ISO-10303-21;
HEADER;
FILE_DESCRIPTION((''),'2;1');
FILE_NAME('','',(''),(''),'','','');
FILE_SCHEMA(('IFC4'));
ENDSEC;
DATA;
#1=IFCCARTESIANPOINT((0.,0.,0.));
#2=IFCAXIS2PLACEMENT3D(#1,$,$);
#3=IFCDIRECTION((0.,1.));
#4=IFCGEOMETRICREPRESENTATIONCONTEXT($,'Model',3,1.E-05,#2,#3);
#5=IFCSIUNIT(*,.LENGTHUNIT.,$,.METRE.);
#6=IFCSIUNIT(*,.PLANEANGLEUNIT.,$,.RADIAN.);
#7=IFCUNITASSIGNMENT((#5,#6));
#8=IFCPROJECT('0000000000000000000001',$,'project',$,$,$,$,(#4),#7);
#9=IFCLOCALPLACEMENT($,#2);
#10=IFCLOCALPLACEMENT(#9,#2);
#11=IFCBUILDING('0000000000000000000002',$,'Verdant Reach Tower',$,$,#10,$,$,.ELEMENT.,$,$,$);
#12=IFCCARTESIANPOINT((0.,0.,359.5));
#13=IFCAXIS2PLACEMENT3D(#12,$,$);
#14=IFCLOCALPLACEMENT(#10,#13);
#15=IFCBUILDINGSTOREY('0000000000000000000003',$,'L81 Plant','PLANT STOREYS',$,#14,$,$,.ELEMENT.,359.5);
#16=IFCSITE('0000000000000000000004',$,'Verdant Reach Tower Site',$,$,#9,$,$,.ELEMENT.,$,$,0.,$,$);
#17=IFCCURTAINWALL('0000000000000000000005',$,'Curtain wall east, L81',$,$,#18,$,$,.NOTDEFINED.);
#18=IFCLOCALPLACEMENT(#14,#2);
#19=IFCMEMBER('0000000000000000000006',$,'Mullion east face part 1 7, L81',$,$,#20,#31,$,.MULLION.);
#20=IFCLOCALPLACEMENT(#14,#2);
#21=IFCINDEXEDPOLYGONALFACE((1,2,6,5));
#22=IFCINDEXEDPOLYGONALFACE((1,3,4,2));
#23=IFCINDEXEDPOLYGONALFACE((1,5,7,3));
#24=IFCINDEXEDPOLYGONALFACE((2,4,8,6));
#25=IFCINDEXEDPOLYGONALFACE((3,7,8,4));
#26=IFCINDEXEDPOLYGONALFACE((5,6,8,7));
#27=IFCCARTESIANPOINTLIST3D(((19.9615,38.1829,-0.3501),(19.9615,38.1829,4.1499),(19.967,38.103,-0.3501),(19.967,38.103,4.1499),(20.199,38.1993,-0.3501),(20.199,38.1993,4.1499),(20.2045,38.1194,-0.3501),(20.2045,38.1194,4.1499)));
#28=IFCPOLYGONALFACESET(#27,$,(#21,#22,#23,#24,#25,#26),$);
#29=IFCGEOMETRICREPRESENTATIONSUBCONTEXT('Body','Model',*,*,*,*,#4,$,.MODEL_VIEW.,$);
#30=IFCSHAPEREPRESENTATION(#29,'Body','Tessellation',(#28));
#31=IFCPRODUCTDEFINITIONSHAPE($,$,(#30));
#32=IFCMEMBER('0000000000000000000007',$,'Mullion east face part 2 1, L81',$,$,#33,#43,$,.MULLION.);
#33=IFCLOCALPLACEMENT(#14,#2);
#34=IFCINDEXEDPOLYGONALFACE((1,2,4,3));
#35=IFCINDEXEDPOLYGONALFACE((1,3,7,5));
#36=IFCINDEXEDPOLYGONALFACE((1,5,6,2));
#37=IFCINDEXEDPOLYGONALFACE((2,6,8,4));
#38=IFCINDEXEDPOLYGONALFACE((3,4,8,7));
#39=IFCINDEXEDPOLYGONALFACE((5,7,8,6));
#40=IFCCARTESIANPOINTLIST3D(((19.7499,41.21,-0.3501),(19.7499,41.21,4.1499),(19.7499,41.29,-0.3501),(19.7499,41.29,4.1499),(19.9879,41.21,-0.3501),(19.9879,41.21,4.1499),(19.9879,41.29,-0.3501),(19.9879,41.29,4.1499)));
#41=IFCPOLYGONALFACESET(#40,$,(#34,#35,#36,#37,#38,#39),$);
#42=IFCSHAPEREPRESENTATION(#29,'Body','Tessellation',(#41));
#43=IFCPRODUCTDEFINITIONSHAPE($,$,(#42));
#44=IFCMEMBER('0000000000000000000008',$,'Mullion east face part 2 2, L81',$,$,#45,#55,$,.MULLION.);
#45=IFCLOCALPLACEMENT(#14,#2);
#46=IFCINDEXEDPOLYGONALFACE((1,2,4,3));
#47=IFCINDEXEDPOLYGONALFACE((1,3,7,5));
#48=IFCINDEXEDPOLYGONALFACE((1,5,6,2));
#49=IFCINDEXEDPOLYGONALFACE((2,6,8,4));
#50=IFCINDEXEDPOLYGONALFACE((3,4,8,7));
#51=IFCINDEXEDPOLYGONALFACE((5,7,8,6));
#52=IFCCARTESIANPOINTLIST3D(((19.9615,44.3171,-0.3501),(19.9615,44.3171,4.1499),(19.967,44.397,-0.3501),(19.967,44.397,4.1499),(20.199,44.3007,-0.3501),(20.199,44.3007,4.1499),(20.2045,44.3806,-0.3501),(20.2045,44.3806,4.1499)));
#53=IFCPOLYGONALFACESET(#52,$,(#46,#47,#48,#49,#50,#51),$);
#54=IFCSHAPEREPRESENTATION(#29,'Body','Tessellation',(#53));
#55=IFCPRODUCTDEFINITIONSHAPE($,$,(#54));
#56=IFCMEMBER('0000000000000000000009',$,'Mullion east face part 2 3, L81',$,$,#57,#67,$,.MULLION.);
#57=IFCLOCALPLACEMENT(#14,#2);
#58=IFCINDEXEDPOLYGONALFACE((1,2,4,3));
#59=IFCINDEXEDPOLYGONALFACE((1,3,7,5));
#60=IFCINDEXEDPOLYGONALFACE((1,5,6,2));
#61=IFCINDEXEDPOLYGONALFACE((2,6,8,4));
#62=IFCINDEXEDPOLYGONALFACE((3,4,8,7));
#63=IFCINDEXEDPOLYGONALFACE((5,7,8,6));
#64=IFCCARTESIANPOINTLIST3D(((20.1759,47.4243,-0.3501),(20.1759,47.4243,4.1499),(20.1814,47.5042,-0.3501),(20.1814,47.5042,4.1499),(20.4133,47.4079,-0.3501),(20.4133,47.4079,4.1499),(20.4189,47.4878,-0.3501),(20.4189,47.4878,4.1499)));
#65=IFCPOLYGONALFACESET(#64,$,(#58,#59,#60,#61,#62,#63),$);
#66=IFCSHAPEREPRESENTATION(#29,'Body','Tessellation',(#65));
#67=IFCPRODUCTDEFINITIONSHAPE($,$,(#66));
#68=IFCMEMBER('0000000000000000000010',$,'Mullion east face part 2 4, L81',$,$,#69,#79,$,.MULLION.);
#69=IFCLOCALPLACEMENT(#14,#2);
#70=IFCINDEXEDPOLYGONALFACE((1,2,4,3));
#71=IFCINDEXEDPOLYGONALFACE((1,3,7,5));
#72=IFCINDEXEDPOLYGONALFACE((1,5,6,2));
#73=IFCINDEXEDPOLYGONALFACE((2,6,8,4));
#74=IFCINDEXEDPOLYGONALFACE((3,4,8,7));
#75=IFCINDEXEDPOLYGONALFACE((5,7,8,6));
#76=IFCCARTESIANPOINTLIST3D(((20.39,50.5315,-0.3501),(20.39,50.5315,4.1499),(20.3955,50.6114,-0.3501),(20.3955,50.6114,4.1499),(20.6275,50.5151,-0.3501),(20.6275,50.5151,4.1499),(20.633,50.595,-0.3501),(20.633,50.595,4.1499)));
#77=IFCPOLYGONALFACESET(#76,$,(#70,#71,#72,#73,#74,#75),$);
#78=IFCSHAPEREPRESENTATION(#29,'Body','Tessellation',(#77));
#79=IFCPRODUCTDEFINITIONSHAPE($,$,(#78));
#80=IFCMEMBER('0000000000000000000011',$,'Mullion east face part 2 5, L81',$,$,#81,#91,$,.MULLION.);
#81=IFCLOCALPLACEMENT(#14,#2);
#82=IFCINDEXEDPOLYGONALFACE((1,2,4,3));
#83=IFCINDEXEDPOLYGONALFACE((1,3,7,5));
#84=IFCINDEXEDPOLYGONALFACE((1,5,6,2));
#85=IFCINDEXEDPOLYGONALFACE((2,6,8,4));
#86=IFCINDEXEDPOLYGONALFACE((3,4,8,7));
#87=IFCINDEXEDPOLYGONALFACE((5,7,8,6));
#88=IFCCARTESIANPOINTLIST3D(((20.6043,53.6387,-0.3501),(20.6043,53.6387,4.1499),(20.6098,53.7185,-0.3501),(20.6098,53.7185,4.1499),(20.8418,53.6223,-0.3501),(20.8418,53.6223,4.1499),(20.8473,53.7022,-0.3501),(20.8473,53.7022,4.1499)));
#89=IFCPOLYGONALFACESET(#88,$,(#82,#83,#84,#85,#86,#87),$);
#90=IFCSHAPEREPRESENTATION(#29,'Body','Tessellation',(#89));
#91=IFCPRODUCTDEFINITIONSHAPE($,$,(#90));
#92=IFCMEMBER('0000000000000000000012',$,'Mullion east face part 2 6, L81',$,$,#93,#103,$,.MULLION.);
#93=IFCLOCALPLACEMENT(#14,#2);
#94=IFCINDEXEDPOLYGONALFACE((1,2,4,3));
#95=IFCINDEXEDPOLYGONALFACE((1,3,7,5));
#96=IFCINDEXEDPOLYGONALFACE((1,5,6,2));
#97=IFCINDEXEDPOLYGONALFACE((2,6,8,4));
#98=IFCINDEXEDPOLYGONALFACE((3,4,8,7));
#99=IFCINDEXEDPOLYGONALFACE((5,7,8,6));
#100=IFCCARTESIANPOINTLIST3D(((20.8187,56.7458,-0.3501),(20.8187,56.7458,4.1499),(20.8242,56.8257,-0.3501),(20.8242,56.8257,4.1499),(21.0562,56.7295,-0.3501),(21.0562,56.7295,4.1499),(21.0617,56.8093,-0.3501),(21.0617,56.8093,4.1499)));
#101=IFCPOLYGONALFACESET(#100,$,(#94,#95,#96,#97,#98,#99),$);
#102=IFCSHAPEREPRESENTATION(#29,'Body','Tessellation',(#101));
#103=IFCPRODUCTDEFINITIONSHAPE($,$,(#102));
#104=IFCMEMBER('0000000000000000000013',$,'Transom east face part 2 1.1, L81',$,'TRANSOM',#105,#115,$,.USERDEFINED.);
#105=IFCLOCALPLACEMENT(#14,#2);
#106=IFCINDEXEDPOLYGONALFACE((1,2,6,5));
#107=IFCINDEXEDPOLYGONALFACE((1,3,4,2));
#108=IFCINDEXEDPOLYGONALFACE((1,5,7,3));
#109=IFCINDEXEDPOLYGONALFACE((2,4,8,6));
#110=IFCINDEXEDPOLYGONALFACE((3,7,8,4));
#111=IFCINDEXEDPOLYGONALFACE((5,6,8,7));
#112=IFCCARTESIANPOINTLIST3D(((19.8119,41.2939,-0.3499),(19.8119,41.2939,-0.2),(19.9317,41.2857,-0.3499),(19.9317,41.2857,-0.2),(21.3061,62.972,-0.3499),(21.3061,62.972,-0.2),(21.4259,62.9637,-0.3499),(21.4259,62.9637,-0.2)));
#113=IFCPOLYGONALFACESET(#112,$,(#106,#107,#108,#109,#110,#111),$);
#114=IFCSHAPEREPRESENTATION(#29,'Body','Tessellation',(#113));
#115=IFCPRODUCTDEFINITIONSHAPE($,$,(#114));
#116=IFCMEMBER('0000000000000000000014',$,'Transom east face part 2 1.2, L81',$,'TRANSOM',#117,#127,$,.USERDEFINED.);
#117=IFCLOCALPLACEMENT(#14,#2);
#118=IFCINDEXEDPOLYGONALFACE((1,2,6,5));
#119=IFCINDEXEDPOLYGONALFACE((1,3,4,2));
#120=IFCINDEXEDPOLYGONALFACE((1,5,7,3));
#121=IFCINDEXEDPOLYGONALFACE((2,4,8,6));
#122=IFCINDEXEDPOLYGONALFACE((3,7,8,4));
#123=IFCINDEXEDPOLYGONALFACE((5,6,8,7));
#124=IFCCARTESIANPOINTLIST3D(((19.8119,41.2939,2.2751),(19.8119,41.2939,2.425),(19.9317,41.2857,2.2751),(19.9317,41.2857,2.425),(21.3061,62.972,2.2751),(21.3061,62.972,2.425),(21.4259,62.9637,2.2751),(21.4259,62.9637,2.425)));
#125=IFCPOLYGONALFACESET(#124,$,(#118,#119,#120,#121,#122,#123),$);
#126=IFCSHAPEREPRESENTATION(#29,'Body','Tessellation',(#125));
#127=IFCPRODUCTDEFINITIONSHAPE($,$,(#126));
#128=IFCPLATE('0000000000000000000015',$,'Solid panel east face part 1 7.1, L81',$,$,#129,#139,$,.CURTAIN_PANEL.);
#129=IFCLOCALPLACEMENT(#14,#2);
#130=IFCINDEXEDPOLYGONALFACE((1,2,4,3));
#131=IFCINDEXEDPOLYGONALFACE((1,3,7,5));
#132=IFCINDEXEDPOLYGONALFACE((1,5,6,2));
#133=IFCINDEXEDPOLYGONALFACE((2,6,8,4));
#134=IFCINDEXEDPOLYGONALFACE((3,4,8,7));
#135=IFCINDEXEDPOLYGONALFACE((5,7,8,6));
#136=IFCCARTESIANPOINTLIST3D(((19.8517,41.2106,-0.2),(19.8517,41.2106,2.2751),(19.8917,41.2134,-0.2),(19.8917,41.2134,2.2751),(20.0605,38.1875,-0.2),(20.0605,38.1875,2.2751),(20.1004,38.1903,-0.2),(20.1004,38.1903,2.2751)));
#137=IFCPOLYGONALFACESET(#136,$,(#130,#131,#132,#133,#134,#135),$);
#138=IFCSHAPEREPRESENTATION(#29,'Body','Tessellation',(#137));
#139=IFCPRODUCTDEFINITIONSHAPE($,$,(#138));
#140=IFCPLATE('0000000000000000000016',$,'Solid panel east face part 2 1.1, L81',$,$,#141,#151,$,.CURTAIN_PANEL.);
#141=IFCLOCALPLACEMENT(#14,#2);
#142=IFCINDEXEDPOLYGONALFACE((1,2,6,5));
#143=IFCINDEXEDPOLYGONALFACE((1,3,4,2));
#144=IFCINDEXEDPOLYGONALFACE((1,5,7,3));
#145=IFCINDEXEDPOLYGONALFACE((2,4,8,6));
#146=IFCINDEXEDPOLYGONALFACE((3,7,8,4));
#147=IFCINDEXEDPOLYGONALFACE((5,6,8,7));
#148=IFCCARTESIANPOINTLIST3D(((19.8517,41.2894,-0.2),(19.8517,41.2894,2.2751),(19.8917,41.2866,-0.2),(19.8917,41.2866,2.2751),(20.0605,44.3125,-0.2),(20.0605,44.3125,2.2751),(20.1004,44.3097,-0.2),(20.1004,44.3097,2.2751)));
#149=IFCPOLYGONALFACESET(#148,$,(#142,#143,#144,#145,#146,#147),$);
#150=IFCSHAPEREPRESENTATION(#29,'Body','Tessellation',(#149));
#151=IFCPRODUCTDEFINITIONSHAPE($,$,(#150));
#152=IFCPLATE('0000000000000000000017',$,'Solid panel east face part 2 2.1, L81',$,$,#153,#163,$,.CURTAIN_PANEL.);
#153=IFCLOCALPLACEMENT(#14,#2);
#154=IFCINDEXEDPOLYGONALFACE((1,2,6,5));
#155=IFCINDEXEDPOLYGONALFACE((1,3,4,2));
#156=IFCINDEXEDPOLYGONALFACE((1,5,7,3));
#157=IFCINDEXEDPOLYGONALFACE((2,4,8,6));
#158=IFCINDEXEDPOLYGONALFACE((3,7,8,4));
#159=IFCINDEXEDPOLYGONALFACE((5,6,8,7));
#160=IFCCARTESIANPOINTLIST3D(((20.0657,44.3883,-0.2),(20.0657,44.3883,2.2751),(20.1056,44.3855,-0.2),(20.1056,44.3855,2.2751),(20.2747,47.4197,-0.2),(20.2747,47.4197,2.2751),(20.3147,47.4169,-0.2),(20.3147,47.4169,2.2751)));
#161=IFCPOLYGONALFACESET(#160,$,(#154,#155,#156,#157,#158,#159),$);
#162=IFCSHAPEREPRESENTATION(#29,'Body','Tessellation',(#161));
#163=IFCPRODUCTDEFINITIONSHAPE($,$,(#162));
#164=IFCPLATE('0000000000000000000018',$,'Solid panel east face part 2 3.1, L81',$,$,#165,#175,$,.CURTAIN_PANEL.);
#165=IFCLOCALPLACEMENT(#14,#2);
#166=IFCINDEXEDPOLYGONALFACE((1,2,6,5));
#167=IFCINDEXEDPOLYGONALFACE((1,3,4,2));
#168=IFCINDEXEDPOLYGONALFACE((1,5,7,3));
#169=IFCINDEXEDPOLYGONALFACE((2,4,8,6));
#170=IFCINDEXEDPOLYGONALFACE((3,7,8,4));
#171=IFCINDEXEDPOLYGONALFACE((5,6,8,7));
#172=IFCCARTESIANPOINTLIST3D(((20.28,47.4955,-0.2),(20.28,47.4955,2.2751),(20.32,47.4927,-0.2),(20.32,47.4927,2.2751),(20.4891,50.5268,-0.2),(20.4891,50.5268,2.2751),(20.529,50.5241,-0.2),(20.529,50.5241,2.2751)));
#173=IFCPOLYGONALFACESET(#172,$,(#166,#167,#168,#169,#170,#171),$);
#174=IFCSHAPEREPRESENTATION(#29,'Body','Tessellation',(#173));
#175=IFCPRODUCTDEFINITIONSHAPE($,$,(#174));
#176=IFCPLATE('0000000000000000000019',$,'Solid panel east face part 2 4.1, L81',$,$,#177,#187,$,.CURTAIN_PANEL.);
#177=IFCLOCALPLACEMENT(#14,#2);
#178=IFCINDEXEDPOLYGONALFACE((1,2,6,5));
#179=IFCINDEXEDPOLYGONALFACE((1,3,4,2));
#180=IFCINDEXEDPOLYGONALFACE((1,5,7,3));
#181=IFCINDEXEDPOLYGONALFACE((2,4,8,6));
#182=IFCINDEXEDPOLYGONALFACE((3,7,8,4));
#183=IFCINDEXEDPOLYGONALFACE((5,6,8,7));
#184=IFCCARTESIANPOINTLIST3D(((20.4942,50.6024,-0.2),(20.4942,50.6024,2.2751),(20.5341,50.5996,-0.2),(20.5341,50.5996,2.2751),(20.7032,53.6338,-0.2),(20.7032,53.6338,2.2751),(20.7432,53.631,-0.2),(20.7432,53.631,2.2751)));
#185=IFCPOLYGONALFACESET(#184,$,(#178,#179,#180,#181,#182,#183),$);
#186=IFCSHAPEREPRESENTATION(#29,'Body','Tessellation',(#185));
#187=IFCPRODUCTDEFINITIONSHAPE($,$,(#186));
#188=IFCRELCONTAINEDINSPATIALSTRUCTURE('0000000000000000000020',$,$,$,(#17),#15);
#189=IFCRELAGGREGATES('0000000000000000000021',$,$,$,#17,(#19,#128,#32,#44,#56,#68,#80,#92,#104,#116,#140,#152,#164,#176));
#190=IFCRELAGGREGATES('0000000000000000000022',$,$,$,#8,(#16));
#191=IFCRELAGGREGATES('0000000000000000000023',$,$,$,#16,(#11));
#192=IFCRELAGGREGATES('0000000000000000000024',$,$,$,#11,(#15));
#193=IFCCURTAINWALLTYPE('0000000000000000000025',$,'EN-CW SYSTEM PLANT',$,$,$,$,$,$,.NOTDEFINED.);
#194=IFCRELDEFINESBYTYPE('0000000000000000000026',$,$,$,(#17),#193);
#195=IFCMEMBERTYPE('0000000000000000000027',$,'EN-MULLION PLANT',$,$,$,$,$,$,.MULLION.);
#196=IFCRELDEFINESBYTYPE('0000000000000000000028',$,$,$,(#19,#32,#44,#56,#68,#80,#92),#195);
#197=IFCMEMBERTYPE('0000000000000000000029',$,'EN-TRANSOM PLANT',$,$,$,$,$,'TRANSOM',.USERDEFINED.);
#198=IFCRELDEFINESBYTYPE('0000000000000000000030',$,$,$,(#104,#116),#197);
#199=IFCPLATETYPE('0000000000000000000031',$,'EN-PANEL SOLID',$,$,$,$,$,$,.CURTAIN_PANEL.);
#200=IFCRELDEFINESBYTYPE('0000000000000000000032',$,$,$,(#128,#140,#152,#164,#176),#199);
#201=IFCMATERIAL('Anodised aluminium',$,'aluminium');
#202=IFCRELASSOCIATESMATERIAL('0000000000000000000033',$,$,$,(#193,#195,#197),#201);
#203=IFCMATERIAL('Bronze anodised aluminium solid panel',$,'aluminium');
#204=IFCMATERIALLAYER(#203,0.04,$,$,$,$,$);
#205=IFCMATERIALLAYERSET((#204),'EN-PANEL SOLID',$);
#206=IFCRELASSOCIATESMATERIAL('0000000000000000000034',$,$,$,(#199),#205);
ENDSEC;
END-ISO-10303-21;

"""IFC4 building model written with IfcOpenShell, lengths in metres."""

from ifc_helpers import new_model, si_unit, direction, frame, origin, origin_2d, place, context, subcontext, project, spatial, rectangle, extrude, material, layer, layer_set, material_profile, profile_set, type_object, element, aggregate, save


model = new_model("IFC4")

# Units and contexts
model_context = context("Model", 3, precision=1e-05, world=origin(), true_north=direction((0.0, 1.0)))
body_context = subcontext(model_context, "Body", "Model", "MODEL_VIEW")
ifc_project = project(units=[si_unit("LENGTHUNIT", "METRE"), si_unit("PLANEANGLEUNIT", "RADIAN")], contexts=[model_context])

# Site, building, storey
site_placement = place(None, origin())
site = spatial("IfcSite", under=ifc_project, at=site_placement, Name="Verdant Reach Tower Site", CompositionType="ELEMENT", RefElevation=0.0)
building_placement = place(site_placement, origin())
building = spatial("IfcBuilding", under=site, at=building_placement, Name="Verdant Reach Tower", CompositionType="ELEMENT")
storey_placement = place(building_placement, frame((0.0, 0.0, 359.5)))
storey = spatial("IfcBuildingStorey", under=building, at=storey_placement, Name="L81 Plant", Description="PLANT STOREYS", CompositionType="ELEMENT", Elevation=359.5)

# Curtain wall, members, plates
ifc_material_1 = material(Name="Anodised aluminium", Category="aluminium")
curtain_wall_type = type_object("IfcCurtainWallType", Name="EN-CW SYSTEM PLANT", PredefinedType="NOTDEFINED", material=ifc_material_1)
curtain_wall_placement = place(storey_placement, origin())
curtain_wall = element("IfcCurtainWall", 1, at=curtain_wall_placement, inside=storey, type_object=curtain_wall_type, Name="Curtain wall east, L81", PredefinedType="NOTDEFINED")
ifc_material_profile_1 = material_profile(ifc_material_1, rectangle(XDim=0.238, YDim=0.0801, at=origin_2d()), Name="Mullion 80x240")
ifc_profile_set_1 = profile_set([ifc_material_profile_1], Name="Anodised aluminium")
member_type_1 = type_object("IfcMemberType", Name="EN-MULLION PLANT", PredefinedType="MULLION", material=ifc_profile_set_1)
member_1_placement = place(storey_placement, frame((20.083, 38.1511, -0.3501), z_axis=(0.0, 0.0, 1.0), x_axis=(0.99763, 0.068802, 0.0)))
member_1 = element("IfcMember", 2, at=member_1_placement, type_object=member_type_1, Name="Mullion east face part 1 7, L81", PredefinedType="MULLION", context=body_context, shape_type="SweptSolid", body=[
    extrude(rectangle(XDim=0.238, YDim=0.0801, at=origin_2d()), origin(), (0.0, 0.0, 1.0), 4.5),
])
member_2_placement = place(storey_placement, frame((19.8689, 41.25, -0.3501), z_axis=(0.0, 0.0, 1.0), x_axis=(1.0, 0.0, 0.0)))
member_2 = element("IfcMember", 3, at=member_2_placement, type_object=member_type_1, Name="Mullion east face part 2 1, L81", PredefinedType="MULLION", context=body_context, shape_type="SweptSolid", body=[
    extrude(rectangle(XDim=0.238, YDim=0.0801, at=origin_2d()), origin(), (0.0, 0.0, 1.0), 4.5),
])
member_3_placement = place(storey_placement, frame((20.083, 44.3489, -0.3501), z_axis=(0.0, 0.0, 1.0), x_axis=(0.99763, -0.068802, 0.0)))
member_3 = element("IfcMember", 4, at=member_3_placement, type_object=member_type_1, Name="Mullion east face part 2 2, L81", PredefinedType="MULLION", context=body_context, shape_type="SweptSolid", body=[
    extrude(rectangle(XDim=0.238, YDim=0.0801, at=origin_2d()), origin(), (0.0, 0.0, 1.0), 4.5),
])
member_4_placement = place(storey_placement, frame((20.2974, 47.4561, -0.3501), z_axis=(0.0, 0.0, 1.0), x_axis=(0.99763, -0.068802, 0.0)))
member_4 = element("IfcMember", 5, at=member_4_placement, type_object=member_type_1, Name="Mullion east face part 2 3, L81", PredefinedType="MULLION", context=body_context, shape_type="SweptSolid", body=[
    extrude(rectangle(XDim=0.238, YDim=0.0801, at=origin_2d()), origin(), (0.0, 0.0, 1.0), 4.5),
])
member_5_placement = place(storey_placement, frame((20.5115, 50.5632, -0.3501), z_axis=(0.0, 0.0, 1.0), x_axis=(0.99763, -0.068802, 0.0)))
member_5 = element("IfcMember", 6, at=member_5_placement, type_object=member_type_1, Name="Mullion east face part 2 4, L81", PredefinedType="MULLION", context=body_context, shape_type="SweptSolid", body=[
    extrude(rectangle(XDim=0.238, YDim=0.0801, at=origin_2d()), origin(), (0.0, 0.0, 1.0), 4.5),
])
member_6_placement = place(storey_placement, frame((20.7258, 53.6704, -0.3501), z_axis=(0.0, 0.0, 1.0), x_axis=(0.99763, -0.068802, 0.0)))
member_6 = element("IfcMember", 7, at=member_6_placement, type_object=member_type_1, Name="Mullion east face part 2 5, L81", PredefinedType="MULLION", context=body_context, shape_type="SweptSolid", body=[
    extrude(rectangle(XDim=0.238, YDim=0.0801, at=origin_2d()), origin(), (0.0, 0.0, 1.0), 4.5),
])
member_7_placement = place(storey_placement, frame((20.9402, 56.7776, -0.3501), z_axis=(0.0, 0.0, 1.0), x_axis=(0.99763, -0.068802, 0.0)))
member_7 = element("IfcMember", 8, at=member_7_placement, type_object=member_type_1, Name="Mullion east face part 2 6, L81", PredefinedType="MULLION", context=body_context, shape_type="SweptSolid", body=[
    extrude(rectangle(XDim=0.238, YDim=0.0801, at=origin_2d()), origin(), (0.0, 0.0, 1.0), 4.5),
])
ifc_material_profile_2 = material_profile(ifc_material_1, rectangle(XDim=0.1201, YDim=0.1499, at=origin_2d()), Name="Transom 150x120")
ifc_profile_set_2 = profile_set([ifc_material_profile_2], Name="Anodised aluminium")
member_type_2 = type_object("IfcMemberType", Name="EN-TRANSOM PLANT", ElementType="TRANSOM", PredefinedType="USERDEFINED", material=ifc_profile_set_2)
member_8_placement = place(storey_placement, frame((19.8718, 41.2898, -0.2749), z_axis=(0.068761, 0.997633, 0.0), x_axis=(-0.997633, 0.068761, 0.0)))
member_8 = element("IfcMember", 9, at=member_8_placement, type_object=member_type_2, Name="Transom east face part 2 1.1, L81", ObjectType="TRANSOM", PredefinedType="USERDEFINED", context=body_context, shape_type="SweptSolid", body=[
    extrude(rectangle(XDim=0.1201, YDim=0.1499, at=origin_2d()), origin(), (0.0, 0.0, 1.0), 21.7295),
])
member_9_placement = place(storey_placement, frame((19.8718, 41.2898, 2.3501), z_axis=(0.068761, 0.997633, 0.0), x_axis=(-0.997633, 0.068761, 0.0)))
member_9 = element("IfcMember", 10, at=member_9_placement, type_object=member_type_2, Name="Transom east face part 2 1.2, L81", ObjectType="TRANSOM", PredefinedType="USERDEFINED", context=body_context, shape_type="SweptSolid", body=[
    extrude(rectangle(XDim=0.1201, YDim=0.1499, at=origin_2d()), origin(), (0.0, 0.0, 1.0), 21.7295),
])
ifc_material_2 = material(Name="Bronze anodised aluminium solid panel", Category="aluminium")
ifc_layer_1 = layer(ifc_material_2, 0.04)
ifc_layer_set_1 = layer_set([ifc_layer_1], Name="EN-PANEL SOLID")
plate_type = type_object("IfcPlateType", Name="EN-PANEL SOLID", PredefinedType="CURTAIN_PANEL", material=ifc_layer_set_1)
plate_1_placement = place(storey_placement, frame((19.9761, 39.7004, -0.2), z_axis=(0.0, 0.0, 1.0), x_axis=(-0.068893, 0.997624, 0.0)))
plate_1 = element("IfcPlate", 11, at=plate_1_placement, type_object=plate_type, Name="Solid panel east face part 1 7.1, L81", PredefinedType="CURTAIN_PANEL", context=body_context, shape_type="SweptSolid", body=[
    extrude(rectangle(XDim=3.0303, YDim=0.04, at=origin_2d()), origin(), (0.0, 0.0, 1.0), 2.4751),
])
plate_2_placement = place(storey_placement, frame((19.9761, 42.7996, -0.2), z_axis=(0.0, 0.0, 1.0), x_axis=(0.068893, 0.997624, 0.0)))
plate_2 = element("IfcPlate", 12, at=plate_2_placement, type_object=plate_type, Name="Solid panel east face part 2 1.1, L81", PredefinedType="CURTAIN_PANEL", context=body_context, shape_type="SweptSolid", body=[
    extrude(rectangle(XDim=3.0303, YDim=0.04, at=origin_2d()), origin(), (0.0, 0.0, 1.0), 2.4751),
])
plate_3_placement = place(storey_placement, frame((20.1902, 45.9026, -0.2), z_axis=(0.0, 0.0, 1.0), x_axis=(0.068802, 0.99763, 0.0)))
plate_3 = element("IfcPlate", 13, at=plate_3_placement, type_object=plate_type, Name="Solid panel east face part 2 2.1, L81", PredefinedType="CURTAIN_PANEL", context=body_context, shape_type="SweptSolid", body=[
    extrude(rectangle(XDim=3.0386, YDim=0.04, at=origin_2d()), origin(), (0.0, 0.0, 1.0), 2.4751),
])
plate_4_placement = place(storey_placement, frame((20.4045, 49.0098, -0.2), z_axis=(0.0, 0.0, 1.0), x_axis=(0.068802, 0.99763, 0.0)))
plate_4 = element("IfcPlate", 14, at=plate_4_placement, type_object=plate_type, Name="Solid panel east face part 2 3.1, L81", PredefinedType="CURTAIN_PANEL", context=body_context, shape_type="SweptSolid", body=[
    extrude(rectangle(XDim=3.0386, YDim=0.04, at=origin_2d()), origin(), (0.0, 0.0, 1.0), 2.4751),
])
plate_5_placement = place(storey_placement, frame((20.6187, 52.1167, -0.2), z_axis=(0.0, 0.0, 1.0), x_axis=(0.068802, 0.99763, 0.0)))
plate_5 = element("IfcPlate", 15, at=plate_5_placement, type_object=plate_type, Name="Solid panel east face part 2 4.1, L81", PredefinedType="CURTAIN_PANEL", context=body_context, shape_type="SweptSolid", body=[
    extrude(rectangle(XDim=3.0386, YDim=0.04, at=origin_2d()), origin(), (0.0, 0.0, 1.0), 2.4751),
])

aggregate(curtain_wall, [member_1, plate_1, member_2, member_3, member_4, member_5, member_6, member_7, member_8, member_9, plate_2, plate_3, plate_4, plate_5])

save(model, "model.ifc")
